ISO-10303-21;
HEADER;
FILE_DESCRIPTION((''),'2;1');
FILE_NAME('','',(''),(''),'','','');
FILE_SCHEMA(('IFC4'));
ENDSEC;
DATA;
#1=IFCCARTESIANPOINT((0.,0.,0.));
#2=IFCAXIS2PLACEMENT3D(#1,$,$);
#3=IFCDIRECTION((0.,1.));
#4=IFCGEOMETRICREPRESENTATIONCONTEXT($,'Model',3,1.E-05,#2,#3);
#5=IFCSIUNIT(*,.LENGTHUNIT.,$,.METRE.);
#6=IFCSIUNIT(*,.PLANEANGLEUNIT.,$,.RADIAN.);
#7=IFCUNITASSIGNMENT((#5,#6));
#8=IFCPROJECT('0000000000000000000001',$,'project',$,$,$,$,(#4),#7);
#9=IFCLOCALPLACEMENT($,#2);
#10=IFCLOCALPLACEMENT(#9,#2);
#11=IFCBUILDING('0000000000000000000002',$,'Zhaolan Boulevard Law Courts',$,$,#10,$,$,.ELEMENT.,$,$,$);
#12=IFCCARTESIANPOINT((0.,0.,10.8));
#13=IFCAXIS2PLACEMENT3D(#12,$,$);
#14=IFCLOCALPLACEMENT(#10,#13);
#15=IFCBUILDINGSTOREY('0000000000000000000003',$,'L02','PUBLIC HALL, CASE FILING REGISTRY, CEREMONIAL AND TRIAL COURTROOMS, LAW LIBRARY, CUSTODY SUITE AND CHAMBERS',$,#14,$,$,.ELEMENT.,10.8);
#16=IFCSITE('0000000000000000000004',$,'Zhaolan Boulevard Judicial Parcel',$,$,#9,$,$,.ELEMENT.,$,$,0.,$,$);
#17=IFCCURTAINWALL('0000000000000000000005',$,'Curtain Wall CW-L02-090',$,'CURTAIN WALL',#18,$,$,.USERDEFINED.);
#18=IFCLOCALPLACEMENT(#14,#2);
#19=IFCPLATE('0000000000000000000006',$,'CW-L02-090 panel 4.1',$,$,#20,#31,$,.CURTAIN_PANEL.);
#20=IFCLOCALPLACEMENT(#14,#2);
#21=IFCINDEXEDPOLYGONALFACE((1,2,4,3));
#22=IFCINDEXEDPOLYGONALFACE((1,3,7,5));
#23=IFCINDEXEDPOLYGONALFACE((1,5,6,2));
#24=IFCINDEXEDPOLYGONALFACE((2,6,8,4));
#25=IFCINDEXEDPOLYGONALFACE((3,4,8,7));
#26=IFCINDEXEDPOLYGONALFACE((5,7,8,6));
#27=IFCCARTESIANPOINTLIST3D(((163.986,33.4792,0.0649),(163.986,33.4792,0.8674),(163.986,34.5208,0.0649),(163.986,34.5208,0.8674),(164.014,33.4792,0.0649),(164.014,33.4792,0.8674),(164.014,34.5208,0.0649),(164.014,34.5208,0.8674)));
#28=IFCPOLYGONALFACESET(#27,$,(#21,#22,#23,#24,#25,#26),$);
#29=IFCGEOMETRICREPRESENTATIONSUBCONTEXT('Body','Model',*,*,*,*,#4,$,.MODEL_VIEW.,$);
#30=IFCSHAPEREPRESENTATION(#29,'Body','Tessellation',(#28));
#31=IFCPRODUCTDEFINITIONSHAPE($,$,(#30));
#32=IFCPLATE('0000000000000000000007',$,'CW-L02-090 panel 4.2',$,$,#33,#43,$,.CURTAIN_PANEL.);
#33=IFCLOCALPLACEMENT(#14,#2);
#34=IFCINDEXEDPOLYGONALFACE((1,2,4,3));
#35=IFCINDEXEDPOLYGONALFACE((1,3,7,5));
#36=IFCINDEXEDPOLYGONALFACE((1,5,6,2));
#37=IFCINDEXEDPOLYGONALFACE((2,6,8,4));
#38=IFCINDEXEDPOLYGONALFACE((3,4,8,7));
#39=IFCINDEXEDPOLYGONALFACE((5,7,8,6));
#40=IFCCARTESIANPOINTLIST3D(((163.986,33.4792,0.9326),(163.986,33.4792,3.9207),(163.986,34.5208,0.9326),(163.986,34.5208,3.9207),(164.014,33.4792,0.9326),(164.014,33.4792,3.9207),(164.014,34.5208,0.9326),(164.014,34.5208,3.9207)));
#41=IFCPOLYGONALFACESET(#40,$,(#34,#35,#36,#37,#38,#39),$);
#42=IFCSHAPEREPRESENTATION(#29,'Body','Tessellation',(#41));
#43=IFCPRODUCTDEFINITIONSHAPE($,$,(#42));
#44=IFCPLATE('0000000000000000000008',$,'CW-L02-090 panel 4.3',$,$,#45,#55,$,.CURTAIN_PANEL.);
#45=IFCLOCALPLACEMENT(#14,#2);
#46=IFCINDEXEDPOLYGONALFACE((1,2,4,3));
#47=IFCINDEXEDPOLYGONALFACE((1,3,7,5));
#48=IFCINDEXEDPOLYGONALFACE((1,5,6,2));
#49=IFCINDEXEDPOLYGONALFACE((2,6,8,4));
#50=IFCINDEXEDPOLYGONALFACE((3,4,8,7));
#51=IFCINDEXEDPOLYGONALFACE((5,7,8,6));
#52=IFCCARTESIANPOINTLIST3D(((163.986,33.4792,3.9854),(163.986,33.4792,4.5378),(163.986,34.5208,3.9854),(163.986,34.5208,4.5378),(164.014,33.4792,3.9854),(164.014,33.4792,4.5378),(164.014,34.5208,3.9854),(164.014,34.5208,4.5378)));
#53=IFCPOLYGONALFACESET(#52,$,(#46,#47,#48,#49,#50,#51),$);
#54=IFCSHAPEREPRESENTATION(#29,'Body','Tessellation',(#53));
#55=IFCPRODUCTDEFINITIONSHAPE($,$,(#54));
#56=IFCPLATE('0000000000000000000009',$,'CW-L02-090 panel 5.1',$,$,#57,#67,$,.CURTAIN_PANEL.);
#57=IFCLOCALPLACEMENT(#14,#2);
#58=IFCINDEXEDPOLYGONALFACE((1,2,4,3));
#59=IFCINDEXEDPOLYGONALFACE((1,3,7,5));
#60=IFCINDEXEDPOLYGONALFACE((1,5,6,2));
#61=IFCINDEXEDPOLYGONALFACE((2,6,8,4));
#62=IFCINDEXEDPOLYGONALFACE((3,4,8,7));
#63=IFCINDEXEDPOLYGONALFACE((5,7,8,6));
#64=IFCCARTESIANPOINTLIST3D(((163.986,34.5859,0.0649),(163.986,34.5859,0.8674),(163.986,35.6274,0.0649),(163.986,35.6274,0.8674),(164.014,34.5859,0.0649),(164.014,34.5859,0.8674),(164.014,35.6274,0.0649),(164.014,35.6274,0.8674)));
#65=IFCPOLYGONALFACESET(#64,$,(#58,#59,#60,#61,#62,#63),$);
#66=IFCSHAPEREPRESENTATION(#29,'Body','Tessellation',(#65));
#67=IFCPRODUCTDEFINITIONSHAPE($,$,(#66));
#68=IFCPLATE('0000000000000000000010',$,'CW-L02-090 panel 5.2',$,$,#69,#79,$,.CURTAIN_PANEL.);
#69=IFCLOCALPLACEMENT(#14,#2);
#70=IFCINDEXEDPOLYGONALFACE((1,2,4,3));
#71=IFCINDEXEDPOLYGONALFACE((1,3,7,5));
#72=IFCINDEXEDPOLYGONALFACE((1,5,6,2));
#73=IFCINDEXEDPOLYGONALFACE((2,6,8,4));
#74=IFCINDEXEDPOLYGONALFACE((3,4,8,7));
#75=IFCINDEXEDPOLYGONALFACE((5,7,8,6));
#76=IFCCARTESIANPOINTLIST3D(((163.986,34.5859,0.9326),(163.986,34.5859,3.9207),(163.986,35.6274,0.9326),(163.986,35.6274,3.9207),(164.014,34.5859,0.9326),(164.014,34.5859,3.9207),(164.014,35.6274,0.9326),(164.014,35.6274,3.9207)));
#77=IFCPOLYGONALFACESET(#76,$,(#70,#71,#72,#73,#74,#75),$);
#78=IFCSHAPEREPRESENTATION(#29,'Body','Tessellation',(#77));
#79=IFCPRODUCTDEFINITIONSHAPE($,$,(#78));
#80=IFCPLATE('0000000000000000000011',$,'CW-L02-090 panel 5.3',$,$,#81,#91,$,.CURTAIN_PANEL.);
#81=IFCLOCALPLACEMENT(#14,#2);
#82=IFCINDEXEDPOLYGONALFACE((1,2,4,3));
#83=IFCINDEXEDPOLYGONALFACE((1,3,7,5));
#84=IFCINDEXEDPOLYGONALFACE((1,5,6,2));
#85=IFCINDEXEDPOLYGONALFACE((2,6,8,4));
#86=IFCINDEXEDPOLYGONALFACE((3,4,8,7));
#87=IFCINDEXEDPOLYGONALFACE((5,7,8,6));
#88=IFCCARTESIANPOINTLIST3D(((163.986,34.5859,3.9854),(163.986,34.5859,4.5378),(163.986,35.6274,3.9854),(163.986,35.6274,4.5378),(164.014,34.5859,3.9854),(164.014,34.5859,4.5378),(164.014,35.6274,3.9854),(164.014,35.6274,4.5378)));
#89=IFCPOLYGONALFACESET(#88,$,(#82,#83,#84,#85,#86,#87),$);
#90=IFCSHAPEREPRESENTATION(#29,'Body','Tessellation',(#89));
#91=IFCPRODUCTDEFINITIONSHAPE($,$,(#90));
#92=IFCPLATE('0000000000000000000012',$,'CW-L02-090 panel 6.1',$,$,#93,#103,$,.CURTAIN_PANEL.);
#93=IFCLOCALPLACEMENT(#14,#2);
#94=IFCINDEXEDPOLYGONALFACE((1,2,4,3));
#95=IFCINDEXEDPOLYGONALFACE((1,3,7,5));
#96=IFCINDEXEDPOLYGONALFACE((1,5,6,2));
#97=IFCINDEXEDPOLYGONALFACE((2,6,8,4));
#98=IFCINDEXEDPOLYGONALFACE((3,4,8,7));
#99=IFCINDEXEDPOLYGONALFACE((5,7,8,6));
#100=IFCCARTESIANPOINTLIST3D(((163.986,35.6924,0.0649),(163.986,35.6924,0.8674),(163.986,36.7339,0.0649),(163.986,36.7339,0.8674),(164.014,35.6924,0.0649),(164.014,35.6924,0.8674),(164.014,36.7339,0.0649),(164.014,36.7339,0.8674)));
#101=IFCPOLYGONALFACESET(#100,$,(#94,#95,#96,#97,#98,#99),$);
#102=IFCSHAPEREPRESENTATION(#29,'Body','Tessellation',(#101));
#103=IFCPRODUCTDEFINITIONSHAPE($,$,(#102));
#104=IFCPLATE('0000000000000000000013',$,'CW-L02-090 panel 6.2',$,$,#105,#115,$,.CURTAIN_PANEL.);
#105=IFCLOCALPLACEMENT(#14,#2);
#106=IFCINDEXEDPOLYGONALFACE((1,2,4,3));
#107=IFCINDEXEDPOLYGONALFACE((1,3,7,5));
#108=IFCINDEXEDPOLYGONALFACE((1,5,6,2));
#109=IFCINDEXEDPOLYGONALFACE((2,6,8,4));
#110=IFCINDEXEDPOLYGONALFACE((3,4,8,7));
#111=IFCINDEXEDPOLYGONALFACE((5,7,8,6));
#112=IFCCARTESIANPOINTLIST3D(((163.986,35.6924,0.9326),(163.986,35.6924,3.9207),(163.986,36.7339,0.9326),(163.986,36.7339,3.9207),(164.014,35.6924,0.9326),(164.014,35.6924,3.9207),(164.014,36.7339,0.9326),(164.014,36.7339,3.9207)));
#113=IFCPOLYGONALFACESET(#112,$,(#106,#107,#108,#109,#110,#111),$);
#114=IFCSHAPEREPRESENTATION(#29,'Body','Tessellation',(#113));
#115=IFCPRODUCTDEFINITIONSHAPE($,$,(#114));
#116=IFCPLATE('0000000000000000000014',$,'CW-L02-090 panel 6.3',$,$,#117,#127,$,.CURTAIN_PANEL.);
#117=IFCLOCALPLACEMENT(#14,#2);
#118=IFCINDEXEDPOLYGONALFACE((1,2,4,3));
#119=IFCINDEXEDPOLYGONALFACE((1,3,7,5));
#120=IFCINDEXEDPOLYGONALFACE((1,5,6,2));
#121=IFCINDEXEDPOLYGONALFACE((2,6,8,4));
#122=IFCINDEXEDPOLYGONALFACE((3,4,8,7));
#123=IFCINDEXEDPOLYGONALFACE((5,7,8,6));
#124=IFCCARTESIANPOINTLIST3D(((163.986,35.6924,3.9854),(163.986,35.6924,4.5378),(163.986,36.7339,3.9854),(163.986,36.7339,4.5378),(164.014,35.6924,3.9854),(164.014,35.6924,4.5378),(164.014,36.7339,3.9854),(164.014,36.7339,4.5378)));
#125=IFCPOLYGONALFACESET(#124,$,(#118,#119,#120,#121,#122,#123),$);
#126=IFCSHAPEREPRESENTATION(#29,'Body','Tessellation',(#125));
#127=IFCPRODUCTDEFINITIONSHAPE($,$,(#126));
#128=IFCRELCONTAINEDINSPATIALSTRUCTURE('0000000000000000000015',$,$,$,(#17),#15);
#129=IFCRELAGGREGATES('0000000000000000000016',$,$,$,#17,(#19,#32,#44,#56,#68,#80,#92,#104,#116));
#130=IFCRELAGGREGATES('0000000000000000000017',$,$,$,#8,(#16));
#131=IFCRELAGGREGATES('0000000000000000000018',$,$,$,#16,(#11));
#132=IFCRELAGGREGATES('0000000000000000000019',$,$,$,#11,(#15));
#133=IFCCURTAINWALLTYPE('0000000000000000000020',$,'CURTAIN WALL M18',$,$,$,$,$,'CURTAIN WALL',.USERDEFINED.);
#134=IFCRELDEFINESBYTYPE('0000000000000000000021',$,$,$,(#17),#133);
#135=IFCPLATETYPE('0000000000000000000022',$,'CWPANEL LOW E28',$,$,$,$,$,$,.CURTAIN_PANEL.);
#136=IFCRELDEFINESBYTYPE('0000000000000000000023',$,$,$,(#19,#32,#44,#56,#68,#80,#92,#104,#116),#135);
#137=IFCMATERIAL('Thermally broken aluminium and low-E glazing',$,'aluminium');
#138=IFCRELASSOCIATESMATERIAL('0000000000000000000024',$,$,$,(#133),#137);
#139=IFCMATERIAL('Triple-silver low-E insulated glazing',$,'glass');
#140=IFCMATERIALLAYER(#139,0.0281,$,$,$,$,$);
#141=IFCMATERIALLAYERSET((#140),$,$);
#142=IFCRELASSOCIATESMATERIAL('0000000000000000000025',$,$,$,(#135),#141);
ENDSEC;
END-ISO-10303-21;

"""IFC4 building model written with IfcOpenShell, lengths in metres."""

from ifc_helpers import new_model, si_unit, direction, frame, origin, origin_2d, place, context, subcontext, project, spatial, rectangle, extrude, material, layer, layer_set, type_object, element, aggregate, save


model = new_model("IFC4")

# Units and contexts
model_context = context("Model", 3, precision=1e-05, world=origin(), true_north=direction((0.0, 1.0)))
body_context = subcontext(model_context, "Body", "Model", "MODEL_VIEW")
ifc_project = project(units=[si_unit("LENGTHUNIT", "METRE"), si_unit("PLANEANGLEUNIT", "RADIAN")], contexts=[model_context])

# Site, building, storey
site_placement = place(None, origin())
site = spatial("IfcSite", under=ifc_project, at=site_placement, Name="Zhaolan Boulevard Judicial Parcel", CompositionType="ELEMENT", RefElevation=0.0)
building_placement = place(site_placement, origin())
building = spatial("IfcBuilding", under=site, at=building_placement, Name="Zhaolan Boulevard Law Courts", CompositionType="ELEMENT")
storey_placement = place(building_placement, frame((0.0, 0.0, 10.8)))
storey = spatial("IfcBuildingStorey", under=building, at=storey_placement, Name="L02", Description="PUBLIC HALL, CASE FILING REGISTRY, CEREMONIAL AND TRIAL COURTROOMS, LAW LIBRARY, CUSTODY SUITE AND CHAMBERS", CompositionType="ELEMENT", Elevation=10.8)

# Curtain wall, plates
ifc_material_1 = material(Name="Thermally broken aluminium and low-E glazing", Category="aluminium")
curtain_wall_type = type_object("IfcCurtainWallType", Name="CURTAIN WALL M18", ElementType="CURTAIN WALL", PredefinedType="USERDEFINED", material=ifc_material_1)
curtain_wall_placement = place(storey_placement, origin())
curtain_wall = element("IfcCurtainWall", 1, at=curtain_wall_placement, inside=storey, type_object=curtain_wall_type, Name="Curtain Wall CW-L02-090", ObjectType="CURTAIN WALL", PredefinedType="USERDEFINED")
ifc_material_2 = material(Name="Triple-silver low-E insulated glazing", Category="glass")
ifc_layer = layer(ifc_material_2, 0.0281)
ifc_layer_set = layer_set([ifc_layer])
plate_type = type_object("IfcPlateType", Name="CWPANEL LOW E28", PredefinedType="CURTAIN_PANEL", material=ifc_layer_set)
plate_1_placement = place(storey_placement, frame((164.0, 34.0, 0.0649), z_axis=(0.0, 0.0, 1.0), x_axis=(0.0, 1.0, 0.0)))
plate_1 = element("IfcPlate", 2, at=plate_1_placement, type_object=plate_type, Name="CW-L02-090 panel 4.1", PredefinedType="CURTAIN_PANEL", context=body_context, shape_type="SweptSolid", body=[
    extrude(rectangle(XDim=1.0415, YDim=0.0281, at=origin_2d()), origin(), (0.0, 0.0, 1.0), 0.8025),
])
plate_2_placement = place(storey_placement, frame((164.0, 34.0, 0.9326), z_axis=(0.0, 0.0, 1.0), x_axis=(0.0, 1.0, 0.0)))
plate_2 = element("IfcPlate", 3, at=plate_2_placement, type_object=plate_type, Name="CW-L02-090 panel 4.2", PredefinedType="CURTAIN_PANEL", context=body_context, shape_type="SweptSolid", body=[
    extrude(rectangle(XDim=1.0415, YDim=0.0281, at=origin_2d()), origin(), (0.0, 0.0, 1.0), 2.988),
])
plate_3_placement = place(storey_placement, frame((164.0, 34.0, 3.9854), z_axis=(0.0, 0.0, 1.0), x_axis=(0.0, 1.0, 0.0)))
plate_3 = element("IfcPlate", 4, at=plate_3_placement, type_object=plate_type, Name="CW-L02-090 panel 4.3", PredefinedType="CURTAIN_PANEL", context=body_context, shape_type="SweptSolid", body=[
    extrude(rectangle(XDim=1.0415, YDim=0.0281, at=origin_2d()), origin(), (0.0, 0.0, 1.0), 0.5525),
])
plate_4_placement = place(storey_placement, frame((164.0, 35.1067, 0.0649), z_axis=(0.0, 0.0, 1.0), x_axis=(0.0, 1.0, 0.0)))
plate_4 = element("IfcPlate", 5, at=plate_4_placement, type_object=plate_type, Name="CW-L02-090 panel 5.1", PredefinedType="CURTAIN_PANEL", context=body_context, shape_type="SweptSolid", body=[
    extrude(rectangle(XDim=1.0415, YDim=0.0281, at=origin_2d()), origin(), (0.0, 0.0, 1.0), 0.8025),
])
plate_5_placement = place(storey_placement, frame((164.0, 35.1067, 0.9326), z_axis=(0.0, 0.0, 1.0), x_axis=(0.0, 1.0, 0.0)))
plate_5 = element("IfcPlate", 6, at=plate_5_placement, type_object=plate_type, Name="CW-L02-090 panel 5.2", PredefinedType="CURTAIN_PANEL", context=body_context, shape_type="SweptSolid", body=[
    extrude(rectangle(XDim=1.0415, YDim=0.0281, at=origin_2d()), origin(), (0.0, 0.0, 1.0), 2.988),
])
plate_6_placement = place(storey_placement, frame((164.0, 35.1067, 3.9854), z_axis=(0.0, 0.0, 1.0), x_axis=(0.0, 1.0, 0.0)))
plate_6 = element("IfcPlate", 7, at=plate_6_placement, type_object=plate_type, Name="CW-L02-090 panel 5.3", PredefinedType="CURTAIN_PANEL", context=body_context, shape_type="SweptSolid", body=[
    extrude(rectangle(XDim=1.0415, YDim=0.0281, at=origin_2d()), origin(), (0.0, 0.0, 1.0), 0.5525),
])
plate_7_placement = place(storey_placement, frame((164.0, 36.2131, 0.0649), z_axis=(0.0, 0.0, 1.0), x_axis=(0.0, 1.0, 0.0)))
plate_7 = element("IfcPlate", 8, at=plate_7_placement, type_object=plate_type, Name="CW-L02-090 panel 6.1", PredefinedType="CURTAIN_PANEL", context=body_context, shape_type="SweptSolid", body=[
    extrude(rectangle(XDim=1.0415, YDim=0.0281, at=origin_2d()), origin(), (0.0, 0.0, 1.0), 0.8025),
])
plate_8_placement = place(storey_placement, frame((164.0, 36.2131, 0.9326), z_axis=(0.0, 0.0, 1.0), x_axis=(0.0, 1.0, 0.0)))
plate_8 = element("IfcPlate", 9, at=plate_8_placement, type_object=plate_type, Name="CW-L02-090 panel 6.2", PredefinedType="CURTAIN_PANEL", context=body_context, shape_type="SweptSolid", body=[
    extrude(rectangle(XDim=1.0415, YDim=0.0281, at=origin_2d()), origin(), (0.0, 0.0, 1.0), 2.988),
])
plate_9_placement = place(storey_placement, frame((164.0, 36.2131, 3.9854), z_axis=(0.0, 0.0, 1.0), x_axis=(0.0, 1.0, 0.0)))
plate_9 = element("IfcPlate", 10, at=plate_9_placement, type_object=plate_type, Name="CW-L02-090 panel 6.3", PredefinedType="CURTAIN_PANEL", context=body_context, shape_type="SweptSolid", body=[
    extrude(rectangle(XDim=1.0415, YDim=0.0281, at=origin_2d()), origin(), (0.0, 0.0, 1.0), 0.5525),
])
aggregate(curtain_wall, [plate_1, plate_2, plate_3, plate_4, plate_5, plate_6, plate_7, plate_8, plate_9])

save(model, "model.ifc")
